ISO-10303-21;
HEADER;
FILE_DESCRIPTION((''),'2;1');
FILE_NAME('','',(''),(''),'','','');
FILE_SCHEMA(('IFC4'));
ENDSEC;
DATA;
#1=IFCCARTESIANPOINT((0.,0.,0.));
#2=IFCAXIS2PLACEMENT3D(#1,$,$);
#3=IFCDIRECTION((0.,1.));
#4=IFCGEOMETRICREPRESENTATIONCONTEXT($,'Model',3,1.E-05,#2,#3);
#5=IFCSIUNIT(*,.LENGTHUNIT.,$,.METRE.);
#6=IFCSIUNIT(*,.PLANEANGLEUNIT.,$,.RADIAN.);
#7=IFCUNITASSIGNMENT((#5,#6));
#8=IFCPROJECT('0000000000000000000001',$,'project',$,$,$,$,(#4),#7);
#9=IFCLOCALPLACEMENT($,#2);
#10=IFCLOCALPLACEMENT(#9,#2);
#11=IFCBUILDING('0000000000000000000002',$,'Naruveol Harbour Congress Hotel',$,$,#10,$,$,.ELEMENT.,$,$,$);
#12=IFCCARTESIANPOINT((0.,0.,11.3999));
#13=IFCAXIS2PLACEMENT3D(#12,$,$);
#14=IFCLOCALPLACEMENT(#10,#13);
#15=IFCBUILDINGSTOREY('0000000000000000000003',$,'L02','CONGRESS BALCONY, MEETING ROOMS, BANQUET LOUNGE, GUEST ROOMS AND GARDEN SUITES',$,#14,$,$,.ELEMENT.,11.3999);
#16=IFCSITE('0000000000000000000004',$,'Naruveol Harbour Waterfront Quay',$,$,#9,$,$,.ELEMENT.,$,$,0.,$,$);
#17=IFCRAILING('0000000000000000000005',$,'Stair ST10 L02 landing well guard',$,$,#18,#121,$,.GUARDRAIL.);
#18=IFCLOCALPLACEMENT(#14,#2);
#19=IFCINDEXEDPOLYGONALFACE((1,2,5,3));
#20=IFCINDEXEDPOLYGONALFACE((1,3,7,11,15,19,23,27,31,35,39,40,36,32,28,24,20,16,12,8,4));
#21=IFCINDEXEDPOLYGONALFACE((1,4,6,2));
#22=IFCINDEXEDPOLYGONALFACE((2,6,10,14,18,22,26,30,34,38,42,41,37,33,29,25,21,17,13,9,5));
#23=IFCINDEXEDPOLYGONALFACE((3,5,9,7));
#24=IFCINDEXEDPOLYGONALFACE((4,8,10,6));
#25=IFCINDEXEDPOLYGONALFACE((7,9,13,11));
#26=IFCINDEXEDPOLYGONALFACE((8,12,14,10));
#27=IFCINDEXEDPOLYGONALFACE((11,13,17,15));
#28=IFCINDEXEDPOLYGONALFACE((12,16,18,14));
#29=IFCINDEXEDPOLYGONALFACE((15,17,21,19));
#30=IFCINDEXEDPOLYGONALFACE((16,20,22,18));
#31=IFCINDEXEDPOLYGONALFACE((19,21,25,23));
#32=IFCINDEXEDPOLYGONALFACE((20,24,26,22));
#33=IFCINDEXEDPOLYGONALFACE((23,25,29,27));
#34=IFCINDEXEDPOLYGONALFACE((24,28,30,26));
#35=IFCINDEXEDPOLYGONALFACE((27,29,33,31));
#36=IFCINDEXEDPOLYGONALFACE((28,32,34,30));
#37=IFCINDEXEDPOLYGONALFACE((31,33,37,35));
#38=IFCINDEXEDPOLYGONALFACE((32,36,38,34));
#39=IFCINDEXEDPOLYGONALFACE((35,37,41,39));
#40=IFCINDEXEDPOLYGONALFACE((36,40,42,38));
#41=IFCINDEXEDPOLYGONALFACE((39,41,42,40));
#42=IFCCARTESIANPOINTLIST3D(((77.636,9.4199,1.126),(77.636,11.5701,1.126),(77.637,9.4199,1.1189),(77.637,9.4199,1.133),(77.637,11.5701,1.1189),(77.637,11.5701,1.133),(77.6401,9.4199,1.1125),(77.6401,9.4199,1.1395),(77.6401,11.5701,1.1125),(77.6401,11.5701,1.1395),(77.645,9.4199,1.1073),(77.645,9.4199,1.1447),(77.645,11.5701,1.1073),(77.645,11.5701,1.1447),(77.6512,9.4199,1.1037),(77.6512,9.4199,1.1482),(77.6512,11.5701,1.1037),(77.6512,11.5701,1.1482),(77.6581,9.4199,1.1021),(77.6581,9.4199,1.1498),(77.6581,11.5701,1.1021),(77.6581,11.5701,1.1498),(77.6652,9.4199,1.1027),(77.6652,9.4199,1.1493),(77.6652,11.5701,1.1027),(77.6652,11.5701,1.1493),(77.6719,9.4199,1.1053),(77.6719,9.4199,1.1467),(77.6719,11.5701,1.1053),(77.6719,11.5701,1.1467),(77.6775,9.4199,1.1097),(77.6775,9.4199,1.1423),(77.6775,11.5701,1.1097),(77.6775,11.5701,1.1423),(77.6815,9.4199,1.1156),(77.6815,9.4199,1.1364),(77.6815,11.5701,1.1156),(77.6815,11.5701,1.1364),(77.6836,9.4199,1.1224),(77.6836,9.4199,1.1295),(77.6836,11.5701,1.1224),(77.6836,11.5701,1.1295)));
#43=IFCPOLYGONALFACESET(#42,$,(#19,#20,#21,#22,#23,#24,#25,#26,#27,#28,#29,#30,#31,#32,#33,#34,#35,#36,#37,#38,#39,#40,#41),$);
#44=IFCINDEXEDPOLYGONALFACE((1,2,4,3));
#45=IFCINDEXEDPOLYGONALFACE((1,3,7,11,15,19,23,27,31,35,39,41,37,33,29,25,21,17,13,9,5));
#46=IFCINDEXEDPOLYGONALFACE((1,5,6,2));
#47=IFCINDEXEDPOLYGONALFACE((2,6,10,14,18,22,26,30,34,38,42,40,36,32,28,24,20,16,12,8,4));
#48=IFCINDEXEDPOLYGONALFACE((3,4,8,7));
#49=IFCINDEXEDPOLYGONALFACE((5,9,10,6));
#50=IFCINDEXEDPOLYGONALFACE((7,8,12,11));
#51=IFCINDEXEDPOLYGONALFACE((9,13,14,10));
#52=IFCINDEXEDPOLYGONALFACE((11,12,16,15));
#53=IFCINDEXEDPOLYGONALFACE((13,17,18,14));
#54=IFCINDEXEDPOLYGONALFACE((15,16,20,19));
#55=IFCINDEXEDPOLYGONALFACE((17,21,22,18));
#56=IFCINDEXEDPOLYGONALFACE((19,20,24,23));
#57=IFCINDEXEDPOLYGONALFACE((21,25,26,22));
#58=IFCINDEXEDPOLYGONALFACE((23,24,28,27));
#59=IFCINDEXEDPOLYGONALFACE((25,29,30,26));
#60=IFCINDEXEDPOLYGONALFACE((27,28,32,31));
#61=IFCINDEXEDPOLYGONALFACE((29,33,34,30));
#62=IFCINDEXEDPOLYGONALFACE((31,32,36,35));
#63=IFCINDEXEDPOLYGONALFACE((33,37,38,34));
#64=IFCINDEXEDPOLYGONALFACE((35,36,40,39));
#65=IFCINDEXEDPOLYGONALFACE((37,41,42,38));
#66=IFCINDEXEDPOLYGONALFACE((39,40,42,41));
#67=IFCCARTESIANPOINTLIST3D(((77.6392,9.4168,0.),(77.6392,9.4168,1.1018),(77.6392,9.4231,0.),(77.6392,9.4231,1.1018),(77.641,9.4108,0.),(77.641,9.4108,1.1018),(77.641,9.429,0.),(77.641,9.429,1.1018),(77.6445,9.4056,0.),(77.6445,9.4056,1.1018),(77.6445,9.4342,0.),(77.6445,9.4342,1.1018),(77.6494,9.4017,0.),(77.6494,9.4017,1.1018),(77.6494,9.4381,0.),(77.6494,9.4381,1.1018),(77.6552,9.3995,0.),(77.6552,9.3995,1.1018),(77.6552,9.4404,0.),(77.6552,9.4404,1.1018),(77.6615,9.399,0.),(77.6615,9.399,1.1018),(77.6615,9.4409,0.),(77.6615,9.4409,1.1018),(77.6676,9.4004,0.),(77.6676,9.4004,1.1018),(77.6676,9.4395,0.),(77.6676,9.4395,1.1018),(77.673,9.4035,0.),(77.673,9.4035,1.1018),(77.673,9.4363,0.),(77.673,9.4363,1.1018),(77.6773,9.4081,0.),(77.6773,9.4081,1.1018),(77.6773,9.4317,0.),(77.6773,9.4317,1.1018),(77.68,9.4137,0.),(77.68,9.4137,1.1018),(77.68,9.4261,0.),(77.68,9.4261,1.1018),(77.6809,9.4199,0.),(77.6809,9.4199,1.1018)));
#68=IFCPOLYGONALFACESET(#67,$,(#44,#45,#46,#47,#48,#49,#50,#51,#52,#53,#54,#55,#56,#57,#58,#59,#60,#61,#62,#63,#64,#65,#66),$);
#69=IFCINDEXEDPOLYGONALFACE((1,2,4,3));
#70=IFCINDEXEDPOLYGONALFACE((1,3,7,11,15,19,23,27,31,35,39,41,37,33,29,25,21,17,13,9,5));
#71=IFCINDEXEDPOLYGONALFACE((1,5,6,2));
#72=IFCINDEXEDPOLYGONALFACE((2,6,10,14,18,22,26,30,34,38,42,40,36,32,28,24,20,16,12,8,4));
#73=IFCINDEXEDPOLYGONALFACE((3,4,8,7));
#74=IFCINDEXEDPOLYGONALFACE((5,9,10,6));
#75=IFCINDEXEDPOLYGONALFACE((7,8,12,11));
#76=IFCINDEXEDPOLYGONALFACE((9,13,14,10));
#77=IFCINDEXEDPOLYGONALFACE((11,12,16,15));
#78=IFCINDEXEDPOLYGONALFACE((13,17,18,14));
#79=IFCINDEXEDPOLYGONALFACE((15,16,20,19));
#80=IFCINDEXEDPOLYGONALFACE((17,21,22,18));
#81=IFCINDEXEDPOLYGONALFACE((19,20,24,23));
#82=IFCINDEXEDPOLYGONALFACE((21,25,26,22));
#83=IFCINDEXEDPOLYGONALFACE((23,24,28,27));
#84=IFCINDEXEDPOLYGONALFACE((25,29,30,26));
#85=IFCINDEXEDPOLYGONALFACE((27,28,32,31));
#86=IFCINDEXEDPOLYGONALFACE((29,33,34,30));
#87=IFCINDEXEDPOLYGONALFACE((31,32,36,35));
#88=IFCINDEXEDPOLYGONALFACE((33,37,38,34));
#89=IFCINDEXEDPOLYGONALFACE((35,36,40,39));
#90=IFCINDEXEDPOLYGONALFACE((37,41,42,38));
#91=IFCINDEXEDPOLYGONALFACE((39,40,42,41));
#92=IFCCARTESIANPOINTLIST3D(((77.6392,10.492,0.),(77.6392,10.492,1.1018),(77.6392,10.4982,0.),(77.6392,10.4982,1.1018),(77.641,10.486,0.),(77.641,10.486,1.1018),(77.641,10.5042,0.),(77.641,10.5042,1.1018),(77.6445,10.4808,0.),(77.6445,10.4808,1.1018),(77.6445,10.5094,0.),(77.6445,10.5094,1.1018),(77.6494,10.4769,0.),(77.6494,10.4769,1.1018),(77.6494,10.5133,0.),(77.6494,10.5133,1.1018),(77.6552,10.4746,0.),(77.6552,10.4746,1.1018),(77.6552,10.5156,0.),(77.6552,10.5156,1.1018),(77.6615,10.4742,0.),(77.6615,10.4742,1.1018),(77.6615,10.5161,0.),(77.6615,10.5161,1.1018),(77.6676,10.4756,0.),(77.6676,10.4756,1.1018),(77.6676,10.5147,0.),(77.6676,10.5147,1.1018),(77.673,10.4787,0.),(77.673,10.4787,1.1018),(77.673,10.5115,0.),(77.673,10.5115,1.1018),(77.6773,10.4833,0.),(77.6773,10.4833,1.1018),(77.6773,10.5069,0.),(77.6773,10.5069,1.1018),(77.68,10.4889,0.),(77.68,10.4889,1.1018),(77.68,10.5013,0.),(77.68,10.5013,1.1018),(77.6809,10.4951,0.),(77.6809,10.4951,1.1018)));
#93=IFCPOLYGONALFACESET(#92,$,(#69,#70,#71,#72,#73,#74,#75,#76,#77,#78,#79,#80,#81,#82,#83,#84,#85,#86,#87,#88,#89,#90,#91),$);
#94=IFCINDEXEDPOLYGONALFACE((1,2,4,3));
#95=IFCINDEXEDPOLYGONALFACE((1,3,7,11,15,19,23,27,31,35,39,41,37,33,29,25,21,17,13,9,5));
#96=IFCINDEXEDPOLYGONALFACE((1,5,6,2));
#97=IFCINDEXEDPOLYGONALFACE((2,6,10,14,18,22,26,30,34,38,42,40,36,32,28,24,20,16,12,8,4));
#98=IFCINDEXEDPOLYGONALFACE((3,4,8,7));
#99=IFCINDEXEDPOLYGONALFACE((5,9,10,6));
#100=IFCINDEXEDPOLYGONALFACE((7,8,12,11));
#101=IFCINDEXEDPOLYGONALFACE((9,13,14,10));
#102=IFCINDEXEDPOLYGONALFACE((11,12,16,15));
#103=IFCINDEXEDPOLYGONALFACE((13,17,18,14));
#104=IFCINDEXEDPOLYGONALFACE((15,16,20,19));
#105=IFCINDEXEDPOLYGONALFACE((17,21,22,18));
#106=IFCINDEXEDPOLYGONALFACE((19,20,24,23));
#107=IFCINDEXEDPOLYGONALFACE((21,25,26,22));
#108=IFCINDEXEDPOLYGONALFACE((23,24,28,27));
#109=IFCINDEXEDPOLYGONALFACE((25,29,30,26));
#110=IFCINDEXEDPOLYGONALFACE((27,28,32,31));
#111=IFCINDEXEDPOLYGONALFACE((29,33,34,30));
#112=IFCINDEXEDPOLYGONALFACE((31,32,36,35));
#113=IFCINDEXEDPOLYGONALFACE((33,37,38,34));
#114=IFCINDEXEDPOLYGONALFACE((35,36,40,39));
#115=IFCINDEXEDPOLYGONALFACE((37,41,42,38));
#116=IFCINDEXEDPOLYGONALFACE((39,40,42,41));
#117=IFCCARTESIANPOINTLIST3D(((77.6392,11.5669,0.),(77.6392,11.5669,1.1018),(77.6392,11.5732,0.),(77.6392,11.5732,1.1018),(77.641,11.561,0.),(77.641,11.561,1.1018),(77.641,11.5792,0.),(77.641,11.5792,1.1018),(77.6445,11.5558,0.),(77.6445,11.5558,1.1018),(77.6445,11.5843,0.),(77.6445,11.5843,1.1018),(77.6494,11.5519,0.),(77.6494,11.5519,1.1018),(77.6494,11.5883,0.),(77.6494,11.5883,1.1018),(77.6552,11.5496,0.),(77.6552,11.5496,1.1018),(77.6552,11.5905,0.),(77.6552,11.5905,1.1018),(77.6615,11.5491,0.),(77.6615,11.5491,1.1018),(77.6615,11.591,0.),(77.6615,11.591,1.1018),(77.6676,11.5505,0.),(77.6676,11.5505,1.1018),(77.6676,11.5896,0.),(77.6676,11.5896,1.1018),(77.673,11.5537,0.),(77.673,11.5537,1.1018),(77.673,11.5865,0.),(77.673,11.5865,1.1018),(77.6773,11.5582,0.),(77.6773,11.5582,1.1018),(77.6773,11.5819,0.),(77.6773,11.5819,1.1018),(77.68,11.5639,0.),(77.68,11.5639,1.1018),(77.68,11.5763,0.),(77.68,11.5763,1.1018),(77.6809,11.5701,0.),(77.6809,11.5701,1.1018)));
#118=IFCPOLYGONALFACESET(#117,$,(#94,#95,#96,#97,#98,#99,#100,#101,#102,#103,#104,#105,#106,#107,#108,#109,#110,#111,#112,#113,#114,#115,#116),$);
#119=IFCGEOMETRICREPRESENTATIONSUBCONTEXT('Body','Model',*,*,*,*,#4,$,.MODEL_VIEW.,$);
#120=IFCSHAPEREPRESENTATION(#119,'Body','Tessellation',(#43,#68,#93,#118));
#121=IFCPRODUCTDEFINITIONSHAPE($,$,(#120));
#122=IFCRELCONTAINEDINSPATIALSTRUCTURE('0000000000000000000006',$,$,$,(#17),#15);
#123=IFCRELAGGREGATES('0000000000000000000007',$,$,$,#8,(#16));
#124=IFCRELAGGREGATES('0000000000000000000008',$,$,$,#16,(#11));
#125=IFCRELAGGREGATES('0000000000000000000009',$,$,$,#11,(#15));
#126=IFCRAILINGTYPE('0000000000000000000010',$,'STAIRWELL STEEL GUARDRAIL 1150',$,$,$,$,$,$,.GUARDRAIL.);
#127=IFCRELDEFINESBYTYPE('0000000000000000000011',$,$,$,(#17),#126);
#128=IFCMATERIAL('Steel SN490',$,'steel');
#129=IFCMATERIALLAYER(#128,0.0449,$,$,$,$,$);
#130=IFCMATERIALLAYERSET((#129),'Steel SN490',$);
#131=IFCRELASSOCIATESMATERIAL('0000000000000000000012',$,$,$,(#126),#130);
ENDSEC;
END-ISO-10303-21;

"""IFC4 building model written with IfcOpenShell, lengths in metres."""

from ifc_helpers import new_model, si_unit, direction, frame, origin, origin_2d, place, context, subcontext, project, spatial, circle, extrude, material, layer, layer_set, type_object, element, save


model = new_model("IFC4")

# Units and contexts
model_context = context("Model", 3, precision=1e-05, world=origin(), true_north=direction((0.0, 1.0)))
body_context = subcontext(model_context, "Body", "Model", "MODEL_VIEW")
ifc_project = project(units=[si_unit("LENGTHUNIT", "METRE"), si_unit("PLANEANGLEUNIT", "RADIAN")], contexts=[model_context])

# Site, building, storey
site_placement = place(None, origin())
site = spatial("IfcSite", under=ifc_project, at=site_placement, Name="Naruveol Harbour Waterfront Quay", CompositionType="ELEMENT", RefElevation=0.0)
building_placement = place(site_placement, origin())
building = spatial("IfcBuilding", under=site, at=building_placement, Name="Naruveol Harbour Congress Hotel", CompositionType="ELEMENT")
storey_placement = place(building_placement, frame((0.0, 0.0, 11.3999)))
storey = spatial("IfcBuildingStorey", under=building, at=storey_placement, Name="L02", Description="CONGRESS BALCONY, MEETING ROOMS, BANQUET LOUNGE, GUEST ROOMS AND GARDEN SUITES", CompositionType="ELEMENT", Elevation=11.3999)

# Railing
ifc_material_1 = material(Name="Steel SN490", Category="steel")
ifc_layer_1 = layer(ifc_material_1, 0.0449)
ifc_layer_set_1 = layer_set([ifc_layer_1], Name="Steel SN490")
railing_type_1 = type_object("IfcRailingType", Name="STAIRWELL STEEL GUARDRAIL 1150", PredefinedType="GUARDRAIL", material=ifc_layer_set_1)
railing_1_placement = place(storey_placement, frame((77.6599, 9.4199, 0.0)))
element("IfcRailing", 1, at=railing_1_placement, inside=storey, type_object=railing_type_1, Name="Stair ST10 L02 landing well guard", PredefinedType="GUARDRAIL", context=body_context, shape_type="SweptSolid", body=[
    extrude(circle(Radius=0.0239, at=origin_2d()), frame((0.0, 0.0, 1.126), z_axis=(0.0, 1.0, 0.0), x_axis=(-1.0, 0.0, 0.0)), (0.0, 0.0, 1.0), 2.1501),
    extrude(circle(Radius=0.021, at=origin_2d()), origin(), (0.0, 0.0, 1.0), 1.1018),
    extrude(circle(Radius=0.021, at=origin_2d()), frame((0.0, 1.0752, 0.0)), (0.0, 0.0, 1.0), 1.1018),
    extrude(circle(Radius=0.021, at=origin_2d()), frame((0.0, 2.1501, 0.0)), (0.0, 0.0, 1.0), 1.1018),
])

save(model, "model.ifc")
